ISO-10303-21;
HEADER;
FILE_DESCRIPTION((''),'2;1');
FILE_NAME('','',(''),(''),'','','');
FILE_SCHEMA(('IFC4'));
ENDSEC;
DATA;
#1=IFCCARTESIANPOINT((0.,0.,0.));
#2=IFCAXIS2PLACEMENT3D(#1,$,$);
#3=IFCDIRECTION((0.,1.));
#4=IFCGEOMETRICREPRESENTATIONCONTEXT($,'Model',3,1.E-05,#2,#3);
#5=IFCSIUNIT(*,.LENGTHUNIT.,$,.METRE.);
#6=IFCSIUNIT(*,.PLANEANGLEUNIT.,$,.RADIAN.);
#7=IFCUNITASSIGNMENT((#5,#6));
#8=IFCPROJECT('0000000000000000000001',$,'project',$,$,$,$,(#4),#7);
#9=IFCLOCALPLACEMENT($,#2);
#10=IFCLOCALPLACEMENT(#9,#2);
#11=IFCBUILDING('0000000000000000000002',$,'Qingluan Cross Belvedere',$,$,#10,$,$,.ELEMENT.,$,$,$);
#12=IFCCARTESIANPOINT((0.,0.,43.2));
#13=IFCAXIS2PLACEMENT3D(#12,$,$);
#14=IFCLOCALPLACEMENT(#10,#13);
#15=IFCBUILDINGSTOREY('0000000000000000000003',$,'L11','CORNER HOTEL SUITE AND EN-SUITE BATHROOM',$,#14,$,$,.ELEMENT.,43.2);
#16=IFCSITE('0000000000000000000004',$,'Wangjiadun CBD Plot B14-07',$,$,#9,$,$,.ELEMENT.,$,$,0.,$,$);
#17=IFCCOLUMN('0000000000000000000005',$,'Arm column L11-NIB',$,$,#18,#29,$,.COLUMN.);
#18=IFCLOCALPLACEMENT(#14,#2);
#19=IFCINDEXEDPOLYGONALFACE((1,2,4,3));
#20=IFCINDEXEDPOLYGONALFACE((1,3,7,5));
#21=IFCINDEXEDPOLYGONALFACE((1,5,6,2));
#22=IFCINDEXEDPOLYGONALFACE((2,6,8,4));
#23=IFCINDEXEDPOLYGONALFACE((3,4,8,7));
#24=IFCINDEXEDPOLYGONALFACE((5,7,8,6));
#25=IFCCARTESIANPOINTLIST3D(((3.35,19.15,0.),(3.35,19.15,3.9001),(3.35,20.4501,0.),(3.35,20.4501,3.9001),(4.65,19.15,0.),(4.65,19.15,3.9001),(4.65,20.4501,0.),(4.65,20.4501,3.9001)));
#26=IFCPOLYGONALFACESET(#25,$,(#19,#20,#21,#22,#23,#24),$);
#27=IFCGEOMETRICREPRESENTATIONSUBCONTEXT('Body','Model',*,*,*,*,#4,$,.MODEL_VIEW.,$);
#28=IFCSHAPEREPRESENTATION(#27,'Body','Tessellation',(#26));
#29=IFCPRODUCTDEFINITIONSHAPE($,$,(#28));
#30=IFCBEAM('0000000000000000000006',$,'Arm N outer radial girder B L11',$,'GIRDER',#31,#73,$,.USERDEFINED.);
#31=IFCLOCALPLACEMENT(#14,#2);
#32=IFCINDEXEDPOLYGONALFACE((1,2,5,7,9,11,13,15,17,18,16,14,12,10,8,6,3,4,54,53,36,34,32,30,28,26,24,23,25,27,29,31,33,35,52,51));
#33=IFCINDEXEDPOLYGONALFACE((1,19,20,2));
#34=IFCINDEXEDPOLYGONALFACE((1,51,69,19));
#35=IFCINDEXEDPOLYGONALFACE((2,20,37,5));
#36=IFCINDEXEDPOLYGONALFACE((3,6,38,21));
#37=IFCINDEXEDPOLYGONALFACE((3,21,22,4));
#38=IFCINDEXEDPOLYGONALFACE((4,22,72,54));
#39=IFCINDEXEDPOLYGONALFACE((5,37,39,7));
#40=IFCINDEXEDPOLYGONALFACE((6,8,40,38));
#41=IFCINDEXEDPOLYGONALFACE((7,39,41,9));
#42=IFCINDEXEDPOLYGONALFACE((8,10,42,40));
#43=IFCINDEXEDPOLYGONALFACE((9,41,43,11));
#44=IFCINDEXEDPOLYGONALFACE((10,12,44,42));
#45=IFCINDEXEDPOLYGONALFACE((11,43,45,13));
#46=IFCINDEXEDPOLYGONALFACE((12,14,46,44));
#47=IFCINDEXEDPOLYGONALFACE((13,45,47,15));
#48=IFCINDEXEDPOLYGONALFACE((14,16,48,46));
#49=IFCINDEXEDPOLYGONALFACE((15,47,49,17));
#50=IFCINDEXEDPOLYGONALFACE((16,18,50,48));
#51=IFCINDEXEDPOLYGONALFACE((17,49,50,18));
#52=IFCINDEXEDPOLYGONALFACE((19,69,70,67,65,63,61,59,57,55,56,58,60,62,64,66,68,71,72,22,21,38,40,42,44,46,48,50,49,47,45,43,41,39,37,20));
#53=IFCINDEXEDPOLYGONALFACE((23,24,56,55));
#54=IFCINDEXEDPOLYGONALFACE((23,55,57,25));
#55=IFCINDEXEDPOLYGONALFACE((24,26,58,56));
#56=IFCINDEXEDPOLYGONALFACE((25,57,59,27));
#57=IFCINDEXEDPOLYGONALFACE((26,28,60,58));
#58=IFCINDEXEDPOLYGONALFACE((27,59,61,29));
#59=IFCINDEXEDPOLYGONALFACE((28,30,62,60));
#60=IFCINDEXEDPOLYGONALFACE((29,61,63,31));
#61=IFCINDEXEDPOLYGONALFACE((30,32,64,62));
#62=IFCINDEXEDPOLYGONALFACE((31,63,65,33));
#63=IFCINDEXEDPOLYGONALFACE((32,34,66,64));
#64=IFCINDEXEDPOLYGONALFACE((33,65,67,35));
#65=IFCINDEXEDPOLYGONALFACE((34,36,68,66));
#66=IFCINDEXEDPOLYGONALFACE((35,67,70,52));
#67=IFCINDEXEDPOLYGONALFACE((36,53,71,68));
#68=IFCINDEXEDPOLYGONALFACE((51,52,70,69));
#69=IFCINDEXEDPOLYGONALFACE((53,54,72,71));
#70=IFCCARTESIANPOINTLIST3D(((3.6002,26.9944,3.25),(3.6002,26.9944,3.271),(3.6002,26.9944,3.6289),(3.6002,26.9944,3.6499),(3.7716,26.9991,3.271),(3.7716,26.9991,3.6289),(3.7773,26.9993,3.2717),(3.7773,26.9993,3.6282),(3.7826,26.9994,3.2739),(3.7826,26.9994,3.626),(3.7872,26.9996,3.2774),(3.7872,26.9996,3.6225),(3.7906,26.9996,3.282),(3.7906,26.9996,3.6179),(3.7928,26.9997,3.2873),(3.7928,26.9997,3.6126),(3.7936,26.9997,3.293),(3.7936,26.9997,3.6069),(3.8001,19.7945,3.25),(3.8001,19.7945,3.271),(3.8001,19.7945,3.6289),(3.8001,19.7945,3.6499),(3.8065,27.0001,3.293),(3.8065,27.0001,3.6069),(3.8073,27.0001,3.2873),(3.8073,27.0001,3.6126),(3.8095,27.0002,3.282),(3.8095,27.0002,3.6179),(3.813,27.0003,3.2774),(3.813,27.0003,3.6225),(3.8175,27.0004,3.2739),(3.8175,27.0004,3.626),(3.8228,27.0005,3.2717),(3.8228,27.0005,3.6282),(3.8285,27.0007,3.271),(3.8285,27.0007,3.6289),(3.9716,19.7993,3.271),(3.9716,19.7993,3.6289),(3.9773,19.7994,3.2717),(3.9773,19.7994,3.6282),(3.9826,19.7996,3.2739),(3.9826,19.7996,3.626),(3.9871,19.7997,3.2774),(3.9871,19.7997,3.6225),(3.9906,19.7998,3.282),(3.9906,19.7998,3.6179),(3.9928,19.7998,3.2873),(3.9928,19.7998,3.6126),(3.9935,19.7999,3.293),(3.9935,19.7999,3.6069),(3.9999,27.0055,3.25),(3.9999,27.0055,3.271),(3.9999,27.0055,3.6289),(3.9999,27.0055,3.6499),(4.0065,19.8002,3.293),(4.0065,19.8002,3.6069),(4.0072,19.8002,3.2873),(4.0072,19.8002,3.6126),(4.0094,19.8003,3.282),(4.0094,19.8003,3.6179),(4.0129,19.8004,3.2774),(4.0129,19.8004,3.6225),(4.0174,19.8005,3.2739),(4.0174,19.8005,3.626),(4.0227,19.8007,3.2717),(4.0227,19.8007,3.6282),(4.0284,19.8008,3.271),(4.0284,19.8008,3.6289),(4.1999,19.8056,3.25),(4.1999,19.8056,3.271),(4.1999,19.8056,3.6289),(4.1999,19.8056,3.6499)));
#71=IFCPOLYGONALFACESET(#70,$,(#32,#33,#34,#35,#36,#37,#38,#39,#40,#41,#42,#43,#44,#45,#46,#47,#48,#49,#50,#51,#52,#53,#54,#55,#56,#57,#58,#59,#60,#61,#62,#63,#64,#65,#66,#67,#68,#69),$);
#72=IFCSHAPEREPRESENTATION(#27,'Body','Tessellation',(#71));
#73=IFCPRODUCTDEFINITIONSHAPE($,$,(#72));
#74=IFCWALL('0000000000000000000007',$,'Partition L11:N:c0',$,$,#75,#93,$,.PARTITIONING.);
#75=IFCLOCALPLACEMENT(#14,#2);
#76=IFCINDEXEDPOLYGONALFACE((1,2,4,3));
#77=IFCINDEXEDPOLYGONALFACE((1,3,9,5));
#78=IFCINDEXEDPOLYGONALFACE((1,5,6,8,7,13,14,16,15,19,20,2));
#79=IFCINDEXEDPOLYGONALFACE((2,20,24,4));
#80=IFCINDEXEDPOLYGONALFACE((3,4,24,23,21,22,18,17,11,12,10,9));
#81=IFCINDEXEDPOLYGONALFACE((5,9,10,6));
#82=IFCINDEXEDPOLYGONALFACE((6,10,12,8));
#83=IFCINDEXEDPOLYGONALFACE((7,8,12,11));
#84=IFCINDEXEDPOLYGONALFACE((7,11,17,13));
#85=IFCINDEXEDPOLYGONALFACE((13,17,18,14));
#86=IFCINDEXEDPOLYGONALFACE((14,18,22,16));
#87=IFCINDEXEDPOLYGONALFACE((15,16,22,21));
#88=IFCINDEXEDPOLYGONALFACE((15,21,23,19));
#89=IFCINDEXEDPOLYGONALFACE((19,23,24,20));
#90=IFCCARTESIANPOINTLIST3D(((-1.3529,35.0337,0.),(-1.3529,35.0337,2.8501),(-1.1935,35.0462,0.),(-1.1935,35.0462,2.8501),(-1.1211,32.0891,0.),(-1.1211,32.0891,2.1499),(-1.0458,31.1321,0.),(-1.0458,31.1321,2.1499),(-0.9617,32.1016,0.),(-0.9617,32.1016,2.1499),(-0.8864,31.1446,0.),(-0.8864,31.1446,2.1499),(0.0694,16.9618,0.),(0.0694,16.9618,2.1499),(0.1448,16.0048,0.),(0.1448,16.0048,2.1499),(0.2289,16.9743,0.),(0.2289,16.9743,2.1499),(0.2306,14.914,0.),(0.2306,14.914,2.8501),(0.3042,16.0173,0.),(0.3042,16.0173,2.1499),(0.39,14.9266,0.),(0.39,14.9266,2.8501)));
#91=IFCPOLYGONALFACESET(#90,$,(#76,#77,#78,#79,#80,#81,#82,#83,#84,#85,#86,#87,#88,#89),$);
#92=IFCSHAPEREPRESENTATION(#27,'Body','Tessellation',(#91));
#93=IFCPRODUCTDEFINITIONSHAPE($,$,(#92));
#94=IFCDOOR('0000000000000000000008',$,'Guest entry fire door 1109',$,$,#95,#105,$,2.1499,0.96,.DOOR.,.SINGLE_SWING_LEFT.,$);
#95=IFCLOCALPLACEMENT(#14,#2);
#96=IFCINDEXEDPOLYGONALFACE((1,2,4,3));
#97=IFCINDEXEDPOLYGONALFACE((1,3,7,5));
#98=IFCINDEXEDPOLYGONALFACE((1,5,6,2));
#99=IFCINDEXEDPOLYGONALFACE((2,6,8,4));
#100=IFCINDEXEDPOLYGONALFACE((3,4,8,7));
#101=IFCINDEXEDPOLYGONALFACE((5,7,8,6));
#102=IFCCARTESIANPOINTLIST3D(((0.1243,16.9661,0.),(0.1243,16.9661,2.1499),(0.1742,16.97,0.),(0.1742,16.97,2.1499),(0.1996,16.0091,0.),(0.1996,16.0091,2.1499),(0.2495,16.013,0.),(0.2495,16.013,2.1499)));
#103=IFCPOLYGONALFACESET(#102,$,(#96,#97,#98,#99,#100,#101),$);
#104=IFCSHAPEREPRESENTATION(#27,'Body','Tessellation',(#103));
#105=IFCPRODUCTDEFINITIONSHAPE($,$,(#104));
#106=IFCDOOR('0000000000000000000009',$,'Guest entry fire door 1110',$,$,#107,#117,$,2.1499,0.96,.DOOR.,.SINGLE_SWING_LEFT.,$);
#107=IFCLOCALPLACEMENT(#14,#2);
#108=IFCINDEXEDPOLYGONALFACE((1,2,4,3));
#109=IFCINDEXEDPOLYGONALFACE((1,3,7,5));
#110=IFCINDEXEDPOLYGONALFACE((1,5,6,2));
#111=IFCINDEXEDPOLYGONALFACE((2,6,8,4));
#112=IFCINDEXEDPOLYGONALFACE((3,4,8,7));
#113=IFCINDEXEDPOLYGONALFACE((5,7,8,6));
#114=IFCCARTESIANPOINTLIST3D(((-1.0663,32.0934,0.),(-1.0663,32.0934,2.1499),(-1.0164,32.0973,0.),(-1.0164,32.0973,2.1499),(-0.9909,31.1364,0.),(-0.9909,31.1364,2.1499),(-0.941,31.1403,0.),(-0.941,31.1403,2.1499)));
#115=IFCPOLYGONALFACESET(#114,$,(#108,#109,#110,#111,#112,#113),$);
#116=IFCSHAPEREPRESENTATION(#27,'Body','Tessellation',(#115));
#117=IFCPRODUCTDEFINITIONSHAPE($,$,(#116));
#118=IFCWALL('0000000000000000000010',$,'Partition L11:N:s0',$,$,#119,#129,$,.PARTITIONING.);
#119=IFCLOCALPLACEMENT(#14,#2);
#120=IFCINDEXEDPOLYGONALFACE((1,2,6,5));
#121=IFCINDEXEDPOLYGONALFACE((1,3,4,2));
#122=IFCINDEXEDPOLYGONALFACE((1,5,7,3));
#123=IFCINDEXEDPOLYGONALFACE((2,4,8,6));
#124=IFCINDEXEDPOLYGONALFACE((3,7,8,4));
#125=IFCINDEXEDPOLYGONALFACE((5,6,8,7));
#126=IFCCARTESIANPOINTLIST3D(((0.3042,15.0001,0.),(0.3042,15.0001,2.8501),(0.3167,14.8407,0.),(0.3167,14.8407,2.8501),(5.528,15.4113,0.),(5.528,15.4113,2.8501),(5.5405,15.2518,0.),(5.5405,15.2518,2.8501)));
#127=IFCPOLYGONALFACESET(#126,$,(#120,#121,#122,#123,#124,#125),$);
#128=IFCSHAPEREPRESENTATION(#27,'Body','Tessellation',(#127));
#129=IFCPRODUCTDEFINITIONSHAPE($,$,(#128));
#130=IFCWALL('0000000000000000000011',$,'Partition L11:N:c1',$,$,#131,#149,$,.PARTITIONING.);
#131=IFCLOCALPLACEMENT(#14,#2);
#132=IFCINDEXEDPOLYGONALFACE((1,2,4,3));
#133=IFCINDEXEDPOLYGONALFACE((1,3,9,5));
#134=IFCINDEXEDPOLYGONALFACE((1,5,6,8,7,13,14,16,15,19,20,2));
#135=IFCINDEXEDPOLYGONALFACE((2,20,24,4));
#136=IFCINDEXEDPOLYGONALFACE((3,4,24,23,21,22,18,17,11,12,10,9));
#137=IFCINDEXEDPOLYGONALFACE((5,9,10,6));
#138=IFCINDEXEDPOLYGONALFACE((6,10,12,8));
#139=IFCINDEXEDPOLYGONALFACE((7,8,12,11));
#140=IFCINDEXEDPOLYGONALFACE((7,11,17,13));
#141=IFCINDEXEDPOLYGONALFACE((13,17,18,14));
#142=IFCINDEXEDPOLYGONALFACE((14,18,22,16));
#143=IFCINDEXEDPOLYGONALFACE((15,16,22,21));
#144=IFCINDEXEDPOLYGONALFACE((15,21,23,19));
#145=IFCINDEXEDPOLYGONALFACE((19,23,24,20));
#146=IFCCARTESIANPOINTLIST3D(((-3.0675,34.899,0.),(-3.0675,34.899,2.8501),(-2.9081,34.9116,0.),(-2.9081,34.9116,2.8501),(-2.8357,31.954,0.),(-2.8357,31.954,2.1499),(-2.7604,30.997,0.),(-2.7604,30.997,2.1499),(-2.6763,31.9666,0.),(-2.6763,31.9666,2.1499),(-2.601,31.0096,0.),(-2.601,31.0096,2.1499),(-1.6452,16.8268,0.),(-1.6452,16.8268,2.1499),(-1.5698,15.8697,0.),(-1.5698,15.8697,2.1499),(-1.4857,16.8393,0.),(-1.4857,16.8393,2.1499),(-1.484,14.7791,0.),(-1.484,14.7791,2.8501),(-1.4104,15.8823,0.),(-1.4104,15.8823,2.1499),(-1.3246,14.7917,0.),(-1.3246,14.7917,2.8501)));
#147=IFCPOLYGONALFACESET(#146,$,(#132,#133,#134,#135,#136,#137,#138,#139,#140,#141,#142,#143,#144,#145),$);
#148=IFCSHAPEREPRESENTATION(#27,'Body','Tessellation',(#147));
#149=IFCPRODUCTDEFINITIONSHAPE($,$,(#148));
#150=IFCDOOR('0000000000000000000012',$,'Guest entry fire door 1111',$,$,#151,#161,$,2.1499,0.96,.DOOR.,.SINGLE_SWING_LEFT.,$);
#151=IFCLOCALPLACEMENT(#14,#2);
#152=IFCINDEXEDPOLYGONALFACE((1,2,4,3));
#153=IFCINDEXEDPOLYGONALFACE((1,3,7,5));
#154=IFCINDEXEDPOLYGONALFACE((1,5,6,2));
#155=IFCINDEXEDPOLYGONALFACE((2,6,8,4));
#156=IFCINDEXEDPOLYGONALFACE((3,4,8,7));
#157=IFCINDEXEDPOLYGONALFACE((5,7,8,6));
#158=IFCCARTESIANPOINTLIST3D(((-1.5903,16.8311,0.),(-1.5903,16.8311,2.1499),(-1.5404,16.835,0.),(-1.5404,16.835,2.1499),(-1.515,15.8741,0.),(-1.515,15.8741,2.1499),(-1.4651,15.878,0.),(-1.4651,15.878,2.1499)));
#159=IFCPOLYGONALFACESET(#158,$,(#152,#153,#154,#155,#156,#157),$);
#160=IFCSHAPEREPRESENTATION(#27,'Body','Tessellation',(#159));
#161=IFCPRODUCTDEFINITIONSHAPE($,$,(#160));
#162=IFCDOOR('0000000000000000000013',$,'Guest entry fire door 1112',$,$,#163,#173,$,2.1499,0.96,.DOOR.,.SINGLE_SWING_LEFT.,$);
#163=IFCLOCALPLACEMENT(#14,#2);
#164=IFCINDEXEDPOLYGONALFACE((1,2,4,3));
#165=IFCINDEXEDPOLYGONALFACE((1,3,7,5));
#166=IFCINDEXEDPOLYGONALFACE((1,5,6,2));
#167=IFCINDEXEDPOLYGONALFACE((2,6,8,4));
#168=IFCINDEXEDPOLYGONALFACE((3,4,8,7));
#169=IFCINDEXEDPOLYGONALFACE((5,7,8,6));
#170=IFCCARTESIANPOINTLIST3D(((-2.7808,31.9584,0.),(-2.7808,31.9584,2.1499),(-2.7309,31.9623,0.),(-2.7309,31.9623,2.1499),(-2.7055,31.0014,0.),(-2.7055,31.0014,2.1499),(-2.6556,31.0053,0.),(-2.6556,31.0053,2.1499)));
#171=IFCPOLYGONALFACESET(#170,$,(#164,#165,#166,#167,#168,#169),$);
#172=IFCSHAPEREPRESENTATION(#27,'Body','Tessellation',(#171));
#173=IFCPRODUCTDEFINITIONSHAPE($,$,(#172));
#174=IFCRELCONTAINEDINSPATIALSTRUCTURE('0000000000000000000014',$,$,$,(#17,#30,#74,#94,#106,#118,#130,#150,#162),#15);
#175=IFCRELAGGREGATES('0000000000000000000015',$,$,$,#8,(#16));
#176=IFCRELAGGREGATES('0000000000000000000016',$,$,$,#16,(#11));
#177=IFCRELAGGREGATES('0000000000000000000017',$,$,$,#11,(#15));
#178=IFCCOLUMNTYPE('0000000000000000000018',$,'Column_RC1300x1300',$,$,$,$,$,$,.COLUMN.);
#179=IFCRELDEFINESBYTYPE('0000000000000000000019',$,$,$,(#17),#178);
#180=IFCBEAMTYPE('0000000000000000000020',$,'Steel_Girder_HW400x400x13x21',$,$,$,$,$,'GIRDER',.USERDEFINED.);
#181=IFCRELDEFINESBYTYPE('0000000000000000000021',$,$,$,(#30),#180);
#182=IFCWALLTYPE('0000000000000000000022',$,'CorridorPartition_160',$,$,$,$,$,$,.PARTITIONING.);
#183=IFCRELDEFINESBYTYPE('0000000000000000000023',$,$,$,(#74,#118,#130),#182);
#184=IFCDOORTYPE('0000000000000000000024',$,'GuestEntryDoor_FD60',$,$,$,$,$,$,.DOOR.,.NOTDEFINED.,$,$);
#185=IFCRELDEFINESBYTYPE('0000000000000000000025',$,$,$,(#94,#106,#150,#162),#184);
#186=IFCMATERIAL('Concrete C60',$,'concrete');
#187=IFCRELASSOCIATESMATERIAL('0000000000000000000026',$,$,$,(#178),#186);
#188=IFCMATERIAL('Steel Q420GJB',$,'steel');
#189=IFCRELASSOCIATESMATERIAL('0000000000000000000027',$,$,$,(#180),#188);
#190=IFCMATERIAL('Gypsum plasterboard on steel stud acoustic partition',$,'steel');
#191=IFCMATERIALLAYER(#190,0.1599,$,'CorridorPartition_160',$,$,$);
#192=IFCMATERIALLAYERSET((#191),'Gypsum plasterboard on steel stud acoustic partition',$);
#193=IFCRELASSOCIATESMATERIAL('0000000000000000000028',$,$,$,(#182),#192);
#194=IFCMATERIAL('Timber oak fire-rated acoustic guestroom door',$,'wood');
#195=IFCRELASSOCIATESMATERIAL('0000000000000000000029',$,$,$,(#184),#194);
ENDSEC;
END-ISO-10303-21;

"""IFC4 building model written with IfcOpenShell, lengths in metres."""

from ifc_helpers import new_model, si_unit, direction, frame, frame_2d, origin, origin_2d, place, context, subcontext, project, spatial, rectangle, i_section, extrude, material, layer, layer_set, material_profile, profile_set, type_object, element, fill, save


model = new_model("IFC4")

# Units and contexts
model_context = context("Model", 3, precision=1e-05, world=origin(), true_north=direction((0.0, 1.0)))
body_context = subcontext(model_context, "Body", "Model", "MODEL_VIEW")
ifc_project = project(units=[si_unit("LENGTHUNIT", "METRE"), si_unit("PLANEANGLEUNIT", "RADIAN")], contexts=[model_context])

# Site, building, storey
site_placement = place(None, origin())
site = spatial("IfcSite", under=ifc_project, at=site_placement, Name="Wangjiadun CBD Plot B14-07", CompositionType="ELEMENT", RefElevation=0.0)
building_placement = place(site_placement, origin())
building = spatial("IfcBuilding", under=site, at=building_placement, Name="Qingluan Cross Belvedere", CompositionType="ELEMENT")
storey_placement = place(building_placement, frame((0.0, 0.0, 43.2)))
storey = spatial("IfcBuildingStorey", under=building, at=storey_placement, Name="L11", Description="CORNER HOTEL SUITE AND EN-SUITE BATHROOM", CompositionType="ELEMENT", Elevation=43.2)

# Column
ifc_material_1 = material(Name="Concrete C60", Category="concrete")
ifc_material_profile_1 = material_profile(ifc_material_1, rectangle(XDim=1.3, YDim=1.3, at=origin_2d()), Name="RC1300x1300")
ifc_profile_set_1 = profile_set([ifc_material_profile_1], Name="Concrete C60")
column_type = type_object("IfcColumnType", Name="Column_RC1300x1300", PredefinedType="COLUMN", material=ifc_profile_set_1)
column_placement = place(storey_placement, frame((4.0, 19.8, 0.0), z_axis=(0.0, 0.0, 1.0), x_axis=(1.0, 0.0, 0.0)))
element("IfcColumn", 1, at=column_placement, inside=storey, type_object=column_type, Name="Arm column L11-NIB", PredefinedType="COLUMN", context=body_context, shape_type="SweptSolid", body=[
    extrude(rectangle(XDim=1.3, YDim=1.3, at=origin_2d()), origin(), (0.0, 0.0, 1.0), 3.9001),
])

# Beam
ifc_material_2 = material(Name="Steel Q420GJB", Category="steel")
ifc_material_profile_2 = material_profile(ifc_material_2, i_section(OverallWidth=0.3999, OverallDepth=0.3999, WebThickness=0.0129, FlangeThickness=0.021, FilletRadius=0.022, at=origin_2d()), Name="HW400x400x13x21")
ifc_profile_set_2 = profile_set([ifc_material_profile_2], Name="Steel Q420GJB")
beam_type = type_object("IfcBeamType", Name="Steel_Girder_HW400x400x13x21", ElementType="GIRDER", PredefinedType="USERDEFINED", material=ifc_profile_set_2)
beam_placement = place(storey_placement, frame((4.0, 19.8, 3.45), z_axis=(-0.02776, 0.999615, 0.0), x_axis=(-0.999615, -0.02776, 0.0)))
element("IfcBeam", 2, at=beam_placement, inside=storey, type_object=beam_type, Name="Arm N outer radial girder B L11", ObjectType="GIRDER", PredefinedType="USERDEFINED", context=body_context, shape_type="SweptSolid", body=[
    extrude(i_section(OverallWidth=0.3999, OverallDepth=0.3999, WebThickness=0.0129, FlangeThickness=0.021, FilletRadius=0.022, at=origin_2d()), origin(), (0.0, 0.0, 1.0), 7.2026),
])

# Wall, openings, doors
ifc_material_3 = material(Name="Gypsum plasterboard on steel stud acoustic partition", Category="steel")
ifc_layer_1 = layer(ifc_material_3, 0.1599, Name="CorridorPartition_160")
ifc_layer_set_1 = layer_set([ifc_layer_1], Name="Gypsum plasterboard on steel stud acoustic partition")
wall_type_1 = type_object("IfcWallType", Name="CorridorPartition_160", PredefinedType="PARTITIONING", material=ifc_layer_set_1)
wall_1_placement = place(storey_placement, frame((0.3103, 14.9204, 0.0), z_axis=(0.0, 0.0, 1.0), x_axis=(-0.078461, 0.996917, 0.0)))
wall_1 = element("IfcWall", 3, at=wall_1_placement, inside=storey, type_object=wall_type_1, Name="Partition L11:N:c0", PredefinedType="PARTITIONING", context=body_context, shape_type="SweptSolid", body=[
    extrude(rectangle(XDim=20.1819, YDim=0.1599, at=frame_2d((10.0908, 0.0))), origin(), (0.0, 0.0, 1.0), 2.8501),
])
opening_1_placement = place(wall_1_placement, frame((1.094, 0.0, 0.0)))
opening_1 = element("IfcOpeningElement", 4, at=opening_1_placement, cuts=wall_1, PredefinedType="OPENING", context=body_context, shape_type="SweptSolid", body=[
    extrude(rectangle(XDim=0.96, YDim=2.1499, at=frame_2d((0.48, 1.075))), frame((0.0, 0.0898, 0.0), z_axis=(0.0, -1.0, 0.0), x_axis=(1.0, 0.0, 0.0)), (0.0, 0.0, 1.0), 0.1799),
])
opening_2_placement = place(wall_1_placement, frame((16.2681, 0.0, 0.0)))
opening_2 = element("IfcOpeningElement", 5, at=opening_2_placement, cuts=wall_1, PredefinedType="OPENING", context=body_context, shape_type="SweptSolid", body=[
    extrude(rectangle(XDim=0.96, YDim=2.1499, at=frame_2d((0.48, 1.075))), frame((0.0, 0.0898, 0.0), z_axis=(0.0, -1.0, 0.0), x_axis=(1.0, 0.0, 0.0)), (0.0, 0.0, 1.0), 0.1799),
])
ifc_material_4 = material(Name="Timber oak fire-rated acoustic guestroom door", Category="wood")
door_type_1 = type_object("IfcDoorType", Name="GuestEntryDoor_FD60", OperationType="NOTDEFINED", PredefinedType="DOOR", material=ifc_material_4)
door_1_placement = place(opening_1_placement, origin())
door_1 = element("IfcDoor", 6, at=door_1_placement, inside=storey, type_object=door_type_1, Name="Guest entry fire door 1109", OperationType="SINGLE_SWING_LEFT", OverallHeight=2.1499, OverallWidth=0.96, PredefinedType="DOOR", context=body_context, shape_type="SweptSolid", body=[
    extrude(rectangle(XDim=0.96, YDim=2.1499, at=frame_2d((0.48, 1.075))), frame((0.0, 0.0249, 0.0), z_axis=(0.0, -1.0, 0.0), x_axis=(1.0, 0.0, 0.0)), (0.0, 0.0, 1.0), 0.05),
])
fill(opening_1, door_1)
door_2_placement = place(opening_2_placement, origin())
door_2 = element("IfcDoor", 7, at=door_2_placement, inside=storey, type_object=door_type_1, Name="Guest entry fire door 1110", OperationType="SINGLE_SWING_LEFT", OverallHeight=2.1499, OverallWidth=0.96, PredefinedType="DOOR", context=body_context, shape_type="SweptSolid", body=[
    extrude(rectangle(XDim=0.96, YDim=2.1499, at=frame_2d((0.48, 1.075))), frame((0.0, 0.0249, 0.0), z_axis=(0.0, -1.0, 0.0), x_axis=(1.0, 0.0, 0.0)), (0.0, 0.0, 1.0), 0.05),
])
fill(opening_2, door_2)

# Wall
wall_2_placement = place(storey_placement, frame((0.3103, 14.9204, 0.0), z_axis=(0.0, 0.0, 1.0), x_axis=(0.996917, 0.07846, 0.0)))
element("IfcWall", 8, at=wall_2_placement, inside=storey, type_object=wall_type_1, Name="Partition L11:N:s0", PredefinedType="PARTITIONING", context=body_context, shape_type="SweptSolid", body=[
    extrude(rectangle(XDim=5.24, YDim=0.1599, at=frame_2d((2.6201, 0.0))), origin(), (0.0, 0.0, 1.0), 2.8501),
])

# Wall, openings, doors
wall_3_placement = place(storey_placement, frame((-1.4043, 14.7854, 0.0), z_axis=(0.0, 0.0, 1.0), x_axis=(-0.07846, 0.996917, 0.0)))
wall_3 = element("IfcWall", 9, at=wall_3_placement, inside=storey, type_object=wall_type_1, Name="Partition L11:N:c1", PredefinedType="PARTITIONING", context=body_context, shape_type="SweptSolid", body=[
    extrude(rectangle(XDim=20.1821, YDim=0.1599, at=frame_2d((10.0911, 0.0))), origin(), (0.0, 0.0, 1.0), 2.8501),
])
opening_3_placement = place(wall_3_placement, frame((1.094, 0.0, 0.0)))
opening_3 = element("IfcOpeningElement", 10, at=opening_3_placement, cuts=wall_3, PredefinedType="OPENING", context=body_context, shape_type="SweptSolid", body=[
    extrude(rectangle(XDim=0.96, YDim=2.1499, at=frame_2d((0.48, 1.075))), frame((0.0, 0.0898, 0.0), z_axis=(0.0, -1.0, 0.0), x_axis=(1.0, 0.0, 0.0)), (0.0, 0.0, 1.0), 0.1799),
])
opening_4_placement = place(wall_3_placement, frame((16.2681, 0.0, 0.0)))
opening_4 = element("IfcOpeningElement", 11, at=opening_4_placement, cuts=wall_3, PredefinedType="OPENING", context=body_context, shape_type="SweptSolid", body=[
    extrude(rectangle(XDim=0.96, YDim=2.1499, at=frame_2d((0.48, 1.075))), frame((0.0, 0.0898, 0.0), z_axis=(0.0, -1.0, 0.0), x_axis=(1.0, 0.0, 0.0)), (0.0, 0.0, 1.0), 0.1799),
])
door_3_placement = place(opening_3_placement, origin())
door_3 = element("IfcDoor", 12, at=door_3_placement, inside=storey, type_object=door_type_1, Name="Guest entry fire door 1111", OperationType="SINGLE_SWING_LEFT", OverallHeight=2.1499, OverallWidth=0.96, PredefinedType="DOOR", context=body_context, shape_type="SweptSolid", body=[
    extrude(rectangle(XDim=0.96, YDim=2.1499, at=frame_2d((0.48, 1.075))), frame((0.0, 0.0249, 0.0), z_axis=(0.0, -1.0, 0.0), x_axis=(1.0, 0.0, 0.0)), (0.0, 0.0, 1.0), 0.05),
])
fill(opening_3, door_3)
door_4_placement = place(opening_4_placement, origin())
door_4 = element("IfcDoor", 13, at=door_4_placement, inside=storey, type_object=door_type_1, Name="Guest entry fire door 1112", OperationType="SINGLE_SWING_LEFT", OverallHeight=2.1499, OverallWidth=0.96, PredefinedType="DOOR", context=body_context, shape_type="SweptSolid", body=[
    extrude(rectangle(XDim=0.96, YDim=2.1499, at=frame_2d((0.48, 1.075))), frame((0.0, 0.0249, 0.0), z_axis=(0.0, -1.0, 0.0), x_axis=(1.0, 0.0, 0.0)), (0.0, 0.0, 1.0), 0.05),
])
fill(opening_4, door_4)

save(model, "model.ifc")
